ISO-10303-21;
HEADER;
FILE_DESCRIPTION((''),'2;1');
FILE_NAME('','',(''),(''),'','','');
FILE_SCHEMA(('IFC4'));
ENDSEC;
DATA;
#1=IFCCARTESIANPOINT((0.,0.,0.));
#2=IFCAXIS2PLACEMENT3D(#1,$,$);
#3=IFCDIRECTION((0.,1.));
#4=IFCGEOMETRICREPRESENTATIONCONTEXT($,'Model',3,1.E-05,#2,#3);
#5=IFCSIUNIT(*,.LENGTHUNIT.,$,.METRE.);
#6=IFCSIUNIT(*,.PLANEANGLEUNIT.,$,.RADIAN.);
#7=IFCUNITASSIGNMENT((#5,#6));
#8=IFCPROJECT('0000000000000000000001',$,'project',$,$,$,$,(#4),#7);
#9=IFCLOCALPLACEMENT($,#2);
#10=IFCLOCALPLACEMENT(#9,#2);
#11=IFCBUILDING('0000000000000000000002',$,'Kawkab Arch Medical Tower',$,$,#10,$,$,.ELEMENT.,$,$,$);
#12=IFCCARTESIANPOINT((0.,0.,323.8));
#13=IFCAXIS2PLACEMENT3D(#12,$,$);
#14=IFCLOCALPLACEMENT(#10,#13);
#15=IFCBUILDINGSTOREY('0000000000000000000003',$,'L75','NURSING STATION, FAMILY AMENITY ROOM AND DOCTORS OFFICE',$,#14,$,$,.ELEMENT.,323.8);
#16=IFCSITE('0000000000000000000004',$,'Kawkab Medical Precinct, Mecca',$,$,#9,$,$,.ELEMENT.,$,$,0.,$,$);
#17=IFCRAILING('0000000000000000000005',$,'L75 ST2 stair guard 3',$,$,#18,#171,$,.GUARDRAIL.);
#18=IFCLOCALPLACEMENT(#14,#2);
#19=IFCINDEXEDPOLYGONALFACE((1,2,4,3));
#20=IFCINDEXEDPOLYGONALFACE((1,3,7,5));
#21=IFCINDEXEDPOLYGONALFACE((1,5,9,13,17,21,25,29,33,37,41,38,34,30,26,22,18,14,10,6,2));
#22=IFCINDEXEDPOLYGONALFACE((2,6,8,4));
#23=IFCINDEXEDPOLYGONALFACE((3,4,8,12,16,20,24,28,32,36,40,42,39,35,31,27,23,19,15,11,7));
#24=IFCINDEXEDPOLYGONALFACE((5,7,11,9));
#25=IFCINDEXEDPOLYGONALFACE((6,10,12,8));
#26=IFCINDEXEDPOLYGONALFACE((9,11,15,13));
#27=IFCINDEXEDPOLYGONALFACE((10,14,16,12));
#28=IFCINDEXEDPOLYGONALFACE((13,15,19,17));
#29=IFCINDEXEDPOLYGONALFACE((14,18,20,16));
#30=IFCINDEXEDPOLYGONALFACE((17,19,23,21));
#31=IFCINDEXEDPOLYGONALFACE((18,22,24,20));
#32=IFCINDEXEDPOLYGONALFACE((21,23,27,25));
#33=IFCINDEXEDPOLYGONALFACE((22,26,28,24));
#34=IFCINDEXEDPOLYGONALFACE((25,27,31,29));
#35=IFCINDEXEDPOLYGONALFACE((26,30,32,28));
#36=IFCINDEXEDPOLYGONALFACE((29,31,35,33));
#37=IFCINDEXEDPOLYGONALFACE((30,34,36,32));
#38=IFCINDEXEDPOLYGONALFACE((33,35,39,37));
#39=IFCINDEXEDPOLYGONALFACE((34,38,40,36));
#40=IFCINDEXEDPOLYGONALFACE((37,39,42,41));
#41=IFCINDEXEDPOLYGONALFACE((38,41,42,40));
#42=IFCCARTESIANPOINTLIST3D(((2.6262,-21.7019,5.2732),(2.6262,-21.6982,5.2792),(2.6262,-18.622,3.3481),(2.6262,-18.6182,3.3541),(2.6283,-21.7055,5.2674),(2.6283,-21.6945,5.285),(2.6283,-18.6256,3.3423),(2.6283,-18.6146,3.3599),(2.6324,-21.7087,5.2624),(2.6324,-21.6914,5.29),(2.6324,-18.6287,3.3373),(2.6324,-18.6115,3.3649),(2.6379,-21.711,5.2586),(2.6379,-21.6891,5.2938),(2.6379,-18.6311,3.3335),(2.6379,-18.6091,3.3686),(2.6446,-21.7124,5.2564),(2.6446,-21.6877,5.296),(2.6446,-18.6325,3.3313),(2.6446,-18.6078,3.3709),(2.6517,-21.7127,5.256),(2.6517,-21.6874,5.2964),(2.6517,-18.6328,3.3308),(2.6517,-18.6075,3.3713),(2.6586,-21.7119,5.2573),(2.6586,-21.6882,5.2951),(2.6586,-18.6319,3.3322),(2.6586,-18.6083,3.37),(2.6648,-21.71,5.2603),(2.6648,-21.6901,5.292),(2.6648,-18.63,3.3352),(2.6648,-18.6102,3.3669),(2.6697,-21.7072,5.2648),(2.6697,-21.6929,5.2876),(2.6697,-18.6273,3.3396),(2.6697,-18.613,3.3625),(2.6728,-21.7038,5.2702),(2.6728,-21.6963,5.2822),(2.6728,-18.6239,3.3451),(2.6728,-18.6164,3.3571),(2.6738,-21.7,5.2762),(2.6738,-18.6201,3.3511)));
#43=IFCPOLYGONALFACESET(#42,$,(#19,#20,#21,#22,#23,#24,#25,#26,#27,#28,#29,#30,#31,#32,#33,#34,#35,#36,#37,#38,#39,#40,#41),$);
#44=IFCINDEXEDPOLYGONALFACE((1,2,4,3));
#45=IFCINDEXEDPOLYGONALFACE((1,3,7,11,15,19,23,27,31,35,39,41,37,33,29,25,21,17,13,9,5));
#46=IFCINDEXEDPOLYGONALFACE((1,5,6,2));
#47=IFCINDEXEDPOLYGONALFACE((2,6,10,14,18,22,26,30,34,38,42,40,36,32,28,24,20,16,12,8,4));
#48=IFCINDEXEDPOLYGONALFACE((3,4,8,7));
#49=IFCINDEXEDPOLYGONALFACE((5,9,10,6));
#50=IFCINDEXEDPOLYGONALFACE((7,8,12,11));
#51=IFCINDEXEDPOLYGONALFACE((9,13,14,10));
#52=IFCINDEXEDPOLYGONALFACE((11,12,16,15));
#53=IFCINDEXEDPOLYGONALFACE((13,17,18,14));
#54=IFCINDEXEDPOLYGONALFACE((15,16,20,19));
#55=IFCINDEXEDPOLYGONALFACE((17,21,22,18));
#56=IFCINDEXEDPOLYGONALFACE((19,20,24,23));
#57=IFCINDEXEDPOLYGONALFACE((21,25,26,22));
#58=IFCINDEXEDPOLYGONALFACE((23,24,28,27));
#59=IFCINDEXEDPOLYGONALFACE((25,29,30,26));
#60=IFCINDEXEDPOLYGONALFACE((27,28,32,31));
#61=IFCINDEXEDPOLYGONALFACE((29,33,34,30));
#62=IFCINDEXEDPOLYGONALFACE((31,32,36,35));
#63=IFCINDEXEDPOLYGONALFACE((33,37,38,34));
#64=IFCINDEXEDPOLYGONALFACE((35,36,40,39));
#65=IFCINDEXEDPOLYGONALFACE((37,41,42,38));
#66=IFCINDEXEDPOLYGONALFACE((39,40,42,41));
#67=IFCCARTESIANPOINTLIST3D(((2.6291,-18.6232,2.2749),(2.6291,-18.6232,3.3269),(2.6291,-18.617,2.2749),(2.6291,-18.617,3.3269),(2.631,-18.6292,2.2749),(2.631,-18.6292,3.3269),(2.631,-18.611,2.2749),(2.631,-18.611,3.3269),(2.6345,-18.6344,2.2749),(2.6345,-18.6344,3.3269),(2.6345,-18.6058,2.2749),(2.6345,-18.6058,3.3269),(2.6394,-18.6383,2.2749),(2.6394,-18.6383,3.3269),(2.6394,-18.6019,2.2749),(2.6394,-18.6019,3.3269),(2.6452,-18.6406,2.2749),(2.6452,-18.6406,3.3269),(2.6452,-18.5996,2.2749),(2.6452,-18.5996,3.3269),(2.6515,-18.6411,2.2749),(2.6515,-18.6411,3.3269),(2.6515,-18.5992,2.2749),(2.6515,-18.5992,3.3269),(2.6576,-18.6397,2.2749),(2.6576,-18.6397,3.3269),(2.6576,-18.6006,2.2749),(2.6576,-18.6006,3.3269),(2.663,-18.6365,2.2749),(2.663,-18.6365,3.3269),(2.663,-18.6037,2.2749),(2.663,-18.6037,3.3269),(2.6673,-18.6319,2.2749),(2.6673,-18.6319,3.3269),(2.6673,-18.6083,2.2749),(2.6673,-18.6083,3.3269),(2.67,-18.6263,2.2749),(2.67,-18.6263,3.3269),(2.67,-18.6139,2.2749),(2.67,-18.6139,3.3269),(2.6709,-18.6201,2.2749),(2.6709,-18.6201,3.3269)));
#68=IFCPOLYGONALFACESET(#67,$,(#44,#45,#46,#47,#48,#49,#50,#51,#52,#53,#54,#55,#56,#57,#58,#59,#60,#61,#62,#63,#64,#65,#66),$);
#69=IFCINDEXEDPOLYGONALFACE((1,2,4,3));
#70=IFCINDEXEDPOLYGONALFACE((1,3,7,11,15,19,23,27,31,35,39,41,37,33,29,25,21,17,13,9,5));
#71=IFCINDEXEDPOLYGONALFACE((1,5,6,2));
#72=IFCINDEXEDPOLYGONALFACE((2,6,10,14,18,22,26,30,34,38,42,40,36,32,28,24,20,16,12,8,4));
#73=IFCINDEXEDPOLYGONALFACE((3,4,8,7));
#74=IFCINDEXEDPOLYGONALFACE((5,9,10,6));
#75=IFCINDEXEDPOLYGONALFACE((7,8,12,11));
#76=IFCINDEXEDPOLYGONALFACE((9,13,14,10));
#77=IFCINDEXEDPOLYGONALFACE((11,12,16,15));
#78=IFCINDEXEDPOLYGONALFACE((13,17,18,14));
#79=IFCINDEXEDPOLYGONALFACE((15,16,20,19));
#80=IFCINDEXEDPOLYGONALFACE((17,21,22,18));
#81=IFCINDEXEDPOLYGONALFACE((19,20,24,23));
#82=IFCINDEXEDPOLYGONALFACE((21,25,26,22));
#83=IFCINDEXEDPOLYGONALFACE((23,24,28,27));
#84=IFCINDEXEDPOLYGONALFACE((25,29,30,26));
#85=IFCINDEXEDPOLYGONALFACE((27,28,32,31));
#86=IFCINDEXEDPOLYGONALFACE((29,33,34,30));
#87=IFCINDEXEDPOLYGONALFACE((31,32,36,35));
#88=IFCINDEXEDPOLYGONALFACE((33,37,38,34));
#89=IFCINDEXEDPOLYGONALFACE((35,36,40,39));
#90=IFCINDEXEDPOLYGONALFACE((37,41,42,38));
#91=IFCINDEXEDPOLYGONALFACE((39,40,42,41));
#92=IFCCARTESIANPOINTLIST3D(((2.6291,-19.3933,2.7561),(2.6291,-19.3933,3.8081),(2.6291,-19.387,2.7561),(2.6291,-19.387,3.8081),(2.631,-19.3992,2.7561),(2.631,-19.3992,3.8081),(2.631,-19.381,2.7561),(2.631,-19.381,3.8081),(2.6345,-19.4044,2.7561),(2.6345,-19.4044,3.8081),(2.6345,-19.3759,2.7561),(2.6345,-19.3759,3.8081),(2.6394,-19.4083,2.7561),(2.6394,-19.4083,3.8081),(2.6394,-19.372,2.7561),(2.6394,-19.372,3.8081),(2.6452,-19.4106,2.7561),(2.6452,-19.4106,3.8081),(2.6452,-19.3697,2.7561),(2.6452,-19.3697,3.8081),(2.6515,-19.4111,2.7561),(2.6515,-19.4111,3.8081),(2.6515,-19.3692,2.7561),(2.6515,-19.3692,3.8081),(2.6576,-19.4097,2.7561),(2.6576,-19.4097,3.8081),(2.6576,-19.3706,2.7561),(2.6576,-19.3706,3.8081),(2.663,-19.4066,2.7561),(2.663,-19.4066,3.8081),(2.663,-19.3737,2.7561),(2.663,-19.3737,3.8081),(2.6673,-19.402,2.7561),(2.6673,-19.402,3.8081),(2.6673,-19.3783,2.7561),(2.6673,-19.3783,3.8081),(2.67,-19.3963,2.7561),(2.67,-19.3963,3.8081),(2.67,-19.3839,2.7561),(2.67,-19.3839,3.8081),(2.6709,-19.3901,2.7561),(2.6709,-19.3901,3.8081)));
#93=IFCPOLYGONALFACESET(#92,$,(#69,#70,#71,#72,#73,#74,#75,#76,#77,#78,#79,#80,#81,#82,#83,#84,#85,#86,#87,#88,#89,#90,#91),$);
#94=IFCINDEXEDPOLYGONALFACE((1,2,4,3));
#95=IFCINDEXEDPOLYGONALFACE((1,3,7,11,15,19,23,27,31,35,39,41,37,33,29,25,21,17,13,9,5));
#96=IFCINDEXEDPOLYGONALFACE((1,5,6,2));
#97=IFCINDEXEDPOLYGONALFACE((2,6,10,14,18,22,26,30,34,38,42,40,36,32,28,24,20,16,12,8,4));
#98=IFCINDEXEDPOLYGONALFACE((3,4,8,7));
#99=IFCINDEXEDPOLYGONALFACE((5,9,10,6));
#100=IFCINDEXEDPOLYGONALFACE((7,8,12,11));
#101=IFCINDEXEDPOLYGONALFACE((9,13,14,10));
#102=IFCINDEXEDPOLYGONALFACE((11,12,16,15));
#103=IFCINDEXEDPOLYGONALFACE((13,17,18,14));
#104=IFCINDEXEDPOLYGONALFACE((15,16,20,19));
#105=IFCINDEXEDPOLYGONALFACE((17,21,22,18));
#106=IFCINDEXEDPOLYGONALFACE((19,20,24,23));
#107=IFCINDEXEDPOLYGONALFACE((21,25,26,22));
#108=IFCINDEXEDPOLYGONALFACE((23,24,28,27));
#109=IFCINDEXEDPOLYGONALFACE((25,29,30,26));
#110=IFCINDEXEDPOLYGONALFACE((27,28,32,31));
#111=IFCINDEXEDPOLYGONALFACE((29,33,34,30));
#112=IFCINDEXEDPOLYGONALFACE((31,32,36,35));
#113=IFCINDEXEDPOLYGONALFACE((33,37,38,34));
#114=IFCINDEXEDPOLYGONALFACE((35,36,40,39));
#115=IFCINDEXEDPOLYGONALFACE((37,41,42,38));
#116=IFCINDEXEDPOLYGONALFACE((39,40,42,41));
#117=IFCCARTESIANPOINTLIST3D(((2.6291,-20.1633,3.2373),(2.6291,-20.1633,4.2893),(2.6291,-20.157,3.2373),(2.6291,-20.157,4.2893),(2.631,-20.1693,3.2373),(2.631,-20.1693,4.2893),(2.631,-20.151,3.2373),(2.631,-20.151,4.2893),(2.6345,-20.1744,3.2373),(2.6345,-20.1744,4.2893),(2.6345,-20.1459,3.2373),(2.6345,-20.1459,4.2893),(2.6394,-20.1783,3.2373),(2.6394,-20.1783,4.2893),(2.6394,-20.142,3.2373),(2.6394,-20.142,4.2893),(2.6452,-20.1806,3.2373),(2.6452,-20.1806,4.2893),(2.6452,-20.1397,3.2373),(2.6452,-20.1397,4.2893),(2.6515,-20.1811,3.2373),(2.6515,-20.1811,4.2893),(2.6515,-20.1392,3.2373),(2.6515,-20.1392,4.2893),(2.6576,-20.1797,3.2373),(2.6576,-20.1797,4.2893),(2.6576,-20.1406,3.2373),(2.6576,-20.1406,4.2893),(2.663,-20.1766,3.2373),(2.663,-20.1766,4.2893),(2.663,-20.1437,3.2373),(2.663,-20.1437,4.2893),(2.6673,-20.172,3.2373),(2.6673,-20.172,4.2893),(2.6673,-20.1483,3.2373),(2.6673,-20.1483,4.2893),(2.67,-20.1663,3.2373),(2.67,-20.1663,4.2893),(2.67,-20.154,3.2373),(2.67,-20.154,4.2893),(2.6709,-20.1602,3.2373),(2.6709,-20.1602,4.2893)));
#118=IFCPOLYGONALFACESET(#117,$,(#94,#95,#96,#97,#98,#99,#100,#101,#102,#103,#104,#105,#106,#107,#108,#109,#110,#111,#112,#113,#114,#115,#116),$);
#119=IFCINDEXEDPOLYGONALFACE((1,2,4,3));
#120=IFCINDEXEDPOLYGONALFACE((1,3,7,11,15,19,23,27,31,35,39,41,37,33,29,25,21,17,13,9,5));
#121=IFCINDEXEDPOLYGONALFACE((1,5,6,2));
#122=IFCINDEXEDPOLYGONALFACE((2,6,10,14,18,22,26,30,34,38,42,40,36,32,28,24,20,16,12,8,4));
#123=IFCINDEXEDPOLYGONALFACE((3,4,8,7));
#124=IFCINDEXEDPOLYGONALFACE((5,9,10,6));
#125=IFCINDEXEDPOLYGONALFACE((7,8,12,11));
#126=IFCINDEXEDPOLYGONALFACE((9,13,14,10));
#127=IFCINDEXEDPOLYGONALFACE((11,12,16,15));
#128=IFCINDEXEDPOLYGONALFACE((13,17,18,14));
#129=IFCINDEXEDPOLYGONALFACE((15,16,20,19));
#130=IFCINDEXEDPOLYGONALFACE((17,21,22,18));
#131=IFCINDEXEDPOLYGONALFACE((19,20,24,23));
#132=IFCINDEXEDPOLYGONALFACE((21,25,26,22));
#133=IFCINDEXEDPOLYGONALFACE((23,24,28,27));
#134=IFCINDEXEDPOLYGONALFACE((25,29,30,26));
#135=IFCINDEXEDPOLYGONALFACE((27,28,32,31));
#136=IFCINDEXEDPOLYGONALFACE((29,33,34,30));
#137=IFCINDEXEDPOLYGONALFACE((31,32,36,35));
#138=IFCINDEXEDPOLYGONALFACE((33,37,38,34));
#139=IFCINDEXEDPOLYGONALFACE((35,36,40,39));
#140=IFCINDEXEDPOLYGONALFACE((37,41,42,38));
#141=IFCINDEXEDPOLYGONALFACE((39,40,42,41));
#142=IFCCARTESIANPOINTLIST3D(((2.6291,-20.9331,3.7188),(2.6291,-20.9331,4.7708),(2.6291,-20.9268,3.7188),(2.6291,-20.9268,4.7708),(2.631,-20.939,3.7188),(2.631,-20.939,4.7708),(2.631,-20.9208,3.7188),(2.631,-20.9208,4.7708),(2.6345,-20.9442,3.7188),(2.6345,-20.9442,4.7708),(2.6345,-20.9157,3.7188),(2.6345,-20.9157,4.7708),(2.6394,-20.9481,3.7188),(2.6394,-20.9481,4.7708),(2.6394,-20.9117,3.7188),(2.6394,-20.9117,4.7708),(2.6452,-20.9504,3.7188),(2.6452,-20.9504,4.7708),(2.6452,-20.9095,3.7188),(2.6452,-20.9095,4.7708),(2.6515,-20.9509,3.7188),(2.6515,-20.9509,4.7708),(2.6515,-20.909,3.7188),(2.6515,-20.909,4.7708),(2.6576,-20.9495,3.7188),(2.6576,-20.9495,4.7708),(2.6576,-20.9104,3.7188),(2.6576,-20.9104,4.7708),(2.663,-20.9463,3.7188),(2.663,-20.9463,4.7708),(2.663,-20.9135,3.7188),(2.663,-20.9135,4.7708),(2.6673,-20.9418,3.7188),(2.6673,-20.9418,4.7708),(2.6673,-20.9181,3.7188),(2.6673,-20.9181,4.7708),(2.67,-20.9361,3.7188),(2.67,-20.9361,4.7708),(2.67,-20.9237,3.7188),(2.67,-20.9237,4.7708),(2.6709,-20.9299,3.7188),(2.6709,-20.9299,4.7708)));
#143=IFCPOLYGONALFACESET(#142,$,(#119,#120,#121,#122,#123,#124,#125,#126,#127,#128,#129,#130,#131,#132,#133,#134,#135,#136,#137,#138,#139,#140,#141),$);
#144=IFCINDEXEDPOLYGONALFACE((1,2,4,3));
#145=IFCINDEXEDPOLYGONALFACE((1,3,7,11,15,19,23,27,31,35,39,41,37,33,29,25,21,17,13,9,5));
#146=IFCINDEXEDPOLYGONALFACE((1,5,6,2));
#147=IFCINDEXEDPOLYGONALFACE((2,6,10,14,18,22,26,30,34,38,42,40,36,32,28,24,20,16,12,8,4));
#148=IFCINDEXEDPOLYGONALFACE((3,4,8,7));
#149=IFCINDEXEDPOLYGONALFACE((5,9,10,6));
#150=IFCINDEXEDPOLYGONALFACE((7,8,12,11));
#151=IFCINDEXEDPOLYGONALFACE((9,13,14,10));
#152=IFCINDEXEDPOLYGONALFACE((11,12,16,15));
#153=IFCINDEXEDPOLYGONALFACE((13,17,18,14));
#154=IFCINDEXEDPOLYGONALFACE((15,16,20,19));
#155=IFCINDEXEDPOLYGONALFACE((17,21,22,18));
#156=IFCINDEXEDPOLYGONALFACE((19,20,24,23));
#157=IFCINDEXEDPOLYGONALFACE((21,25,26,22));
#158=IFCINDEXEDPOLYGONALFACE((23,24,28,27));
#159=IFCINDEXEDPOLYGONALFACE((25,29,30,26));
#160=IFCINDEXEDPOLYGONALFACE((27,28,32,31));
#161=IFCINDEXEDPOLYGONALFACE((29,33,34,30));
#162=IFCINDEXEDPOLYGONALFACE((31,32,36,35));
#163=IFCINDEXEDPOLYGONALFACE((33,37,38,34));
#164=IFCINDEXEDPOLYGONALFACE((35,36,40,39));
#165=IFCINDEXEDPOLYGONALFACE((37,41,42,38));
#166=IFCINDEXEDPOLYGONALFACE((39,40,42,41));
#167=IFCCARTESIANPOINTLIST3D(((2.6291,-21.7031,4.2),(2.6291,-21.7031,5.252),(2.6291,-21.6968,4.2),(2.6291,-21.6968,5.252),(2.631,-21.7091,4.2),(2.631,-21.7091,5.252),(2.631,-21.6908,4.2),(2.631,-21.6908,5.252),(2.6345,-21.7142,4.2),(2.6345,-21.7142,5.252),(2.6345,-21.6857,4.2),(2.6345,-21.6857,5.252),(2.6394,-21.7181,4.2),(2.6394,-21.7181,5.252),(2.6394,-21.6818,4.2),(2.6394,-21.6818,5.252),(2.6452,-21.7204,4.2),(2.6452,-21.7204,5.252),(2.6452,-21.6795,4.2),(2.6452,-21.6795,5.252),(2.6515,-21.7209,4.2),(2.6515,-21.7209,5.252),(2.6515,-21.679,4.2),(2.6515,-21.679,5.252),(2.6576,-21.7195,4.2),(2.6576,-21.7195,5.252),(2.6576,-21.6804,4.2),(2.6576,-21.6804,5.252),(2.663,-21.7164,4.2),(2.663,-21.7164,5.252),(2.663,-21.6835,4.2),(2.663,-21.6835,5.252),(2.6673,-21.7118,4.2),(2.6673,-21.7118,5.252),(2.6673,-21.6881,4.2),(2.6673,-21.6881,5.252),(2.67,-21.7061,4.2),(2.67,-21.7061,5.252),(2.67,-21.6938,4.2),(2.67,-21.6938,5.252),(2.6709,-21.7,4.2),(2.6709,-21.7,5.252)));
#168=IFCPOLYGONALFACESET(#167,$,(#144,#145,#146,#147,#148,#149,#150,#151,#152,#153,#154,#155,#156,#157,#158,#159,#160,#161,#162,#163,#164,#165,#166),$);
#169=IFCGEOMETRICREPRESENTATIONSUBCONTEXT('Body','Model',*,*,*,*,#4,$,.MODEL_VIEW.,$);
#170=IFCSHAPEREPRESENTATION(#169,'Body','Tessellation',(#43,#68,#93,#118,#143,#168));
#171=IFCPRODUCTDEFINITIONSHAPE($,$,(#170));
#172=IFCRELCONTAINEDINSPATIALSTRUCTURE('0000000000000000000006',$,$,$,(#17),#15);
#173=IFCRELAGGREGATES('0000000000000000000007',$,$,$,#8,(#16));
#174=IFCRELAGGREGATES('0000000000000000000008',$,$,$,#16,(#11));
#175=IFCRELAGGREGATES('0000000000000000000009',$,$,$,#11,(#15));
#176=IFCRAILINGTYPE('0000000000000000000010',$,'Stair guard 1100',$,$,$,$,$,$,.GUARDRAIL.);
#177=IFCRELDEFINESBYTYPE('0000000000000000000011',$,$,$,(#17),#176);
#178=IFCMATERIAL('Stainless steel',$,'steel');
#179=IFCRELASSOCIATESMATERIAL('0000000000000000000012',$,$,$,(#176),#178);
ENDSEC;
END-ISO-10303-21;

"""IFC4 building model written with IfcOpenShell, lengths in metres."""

from ifc_helpers import new_model, si_unit, direction, frame, origin, origin_2d, place, context, subcontext, project, spatial, circle, extrude, material, type_object, element, save


model = new_model("IFC4")

# Units and contexts
model_context = context("Model", 3, precision=1e-05, world=origin(), true_north=direction((0.0, 1.0)))
body_context = subcontext(model_context, "Body", "Model", "MODEL_VIEW")
ifc_project = project(units=[si_unit("LENGTHUNIT", "METRE"), si_unit("PLANEANGLEUNIT", "RADIAN")], contexts=[model_context])

# Site, building, storey
site_placement = place(None, origin())
site = spatial("IfcSite", under=ifc_project, at=site_placement, Name="Kawkab Medical Precinct, Mecca", CompositionType="ELEMENT", RefElevation=0.0)
building_placement = place(site_placement, origin())
building = spatial("IfcBuilding", under=site, at=building_placement, Name="Kawkab Arch Medical Tower", CompositionType="ELEMENT")
storey_placement = place(building_placement, frame((0.0, 0.0, 323.8)))
storey = spatial("IfcBuildingStorey", under=building, at=storey_placement, Name="L75", Description="NURSING STATION, FAMILY AMENITY ROOM AND DOCTORS OFFICE", CompositionType="ELEMENT", Elevation=323.8)

# Railing
ifc_material_1 = material(Name="Stainless steel", Category="steel")
railing_type = type_object("IfcRailingType", Name="Stair guard 1100", PredefinedType="GUARDRAIL", material=ifc_material_1)
railing_1_placement = place(storey_placement, frame((2.6499, -18.6201, 2.2749)))
element("IfcRailing", 1, at=railing_1_placement, inside=storey, type_object=railing_type, Name="L75 ST2 stair guard 3", PredefinedType="GUARDRAIL", context=body_context, shape_type="SweptSolid", body=[
    extrude(circle(Radius=0.0239, at=origin_2d()), frame((0.0, 0.0, 1.0762), z_axis=(0.0, -0.847979, 0.530029), x_axis=(1.0, 0.0, 0.0)), (0.0, 0.0, 1.0), 3.6321),
    extrude(circle(Radius=0.021, at=origin_2d()), origin(), (0.0, 0.0, 1.0), 1.052),
    extrude(circle(Radius=0.021, at=origin_2d()), frame((0.0, -0.77, 0.4812)), (0.0, 0.0, 1.0), 1.052),
    extrude(circle(Radius=0.021, at=origin_2d()), frame((0.0, -1.54, 0.9624)), (0.0, 0.0, 1.0), 1.052),
    extrude(circle(Radius=0.021, at=origin_2d()), frame((0.0, -2.3098, 1.4438)), (0.0, 0.0, 1.0), 1.052),
    extrude(circle(Radius=0.021, at=origin_2d()), frame((0.0, -3.0798, 1.925)), (0.0, 0.0, 1.0), 1.052),
])

save(model, "model.ifc")
